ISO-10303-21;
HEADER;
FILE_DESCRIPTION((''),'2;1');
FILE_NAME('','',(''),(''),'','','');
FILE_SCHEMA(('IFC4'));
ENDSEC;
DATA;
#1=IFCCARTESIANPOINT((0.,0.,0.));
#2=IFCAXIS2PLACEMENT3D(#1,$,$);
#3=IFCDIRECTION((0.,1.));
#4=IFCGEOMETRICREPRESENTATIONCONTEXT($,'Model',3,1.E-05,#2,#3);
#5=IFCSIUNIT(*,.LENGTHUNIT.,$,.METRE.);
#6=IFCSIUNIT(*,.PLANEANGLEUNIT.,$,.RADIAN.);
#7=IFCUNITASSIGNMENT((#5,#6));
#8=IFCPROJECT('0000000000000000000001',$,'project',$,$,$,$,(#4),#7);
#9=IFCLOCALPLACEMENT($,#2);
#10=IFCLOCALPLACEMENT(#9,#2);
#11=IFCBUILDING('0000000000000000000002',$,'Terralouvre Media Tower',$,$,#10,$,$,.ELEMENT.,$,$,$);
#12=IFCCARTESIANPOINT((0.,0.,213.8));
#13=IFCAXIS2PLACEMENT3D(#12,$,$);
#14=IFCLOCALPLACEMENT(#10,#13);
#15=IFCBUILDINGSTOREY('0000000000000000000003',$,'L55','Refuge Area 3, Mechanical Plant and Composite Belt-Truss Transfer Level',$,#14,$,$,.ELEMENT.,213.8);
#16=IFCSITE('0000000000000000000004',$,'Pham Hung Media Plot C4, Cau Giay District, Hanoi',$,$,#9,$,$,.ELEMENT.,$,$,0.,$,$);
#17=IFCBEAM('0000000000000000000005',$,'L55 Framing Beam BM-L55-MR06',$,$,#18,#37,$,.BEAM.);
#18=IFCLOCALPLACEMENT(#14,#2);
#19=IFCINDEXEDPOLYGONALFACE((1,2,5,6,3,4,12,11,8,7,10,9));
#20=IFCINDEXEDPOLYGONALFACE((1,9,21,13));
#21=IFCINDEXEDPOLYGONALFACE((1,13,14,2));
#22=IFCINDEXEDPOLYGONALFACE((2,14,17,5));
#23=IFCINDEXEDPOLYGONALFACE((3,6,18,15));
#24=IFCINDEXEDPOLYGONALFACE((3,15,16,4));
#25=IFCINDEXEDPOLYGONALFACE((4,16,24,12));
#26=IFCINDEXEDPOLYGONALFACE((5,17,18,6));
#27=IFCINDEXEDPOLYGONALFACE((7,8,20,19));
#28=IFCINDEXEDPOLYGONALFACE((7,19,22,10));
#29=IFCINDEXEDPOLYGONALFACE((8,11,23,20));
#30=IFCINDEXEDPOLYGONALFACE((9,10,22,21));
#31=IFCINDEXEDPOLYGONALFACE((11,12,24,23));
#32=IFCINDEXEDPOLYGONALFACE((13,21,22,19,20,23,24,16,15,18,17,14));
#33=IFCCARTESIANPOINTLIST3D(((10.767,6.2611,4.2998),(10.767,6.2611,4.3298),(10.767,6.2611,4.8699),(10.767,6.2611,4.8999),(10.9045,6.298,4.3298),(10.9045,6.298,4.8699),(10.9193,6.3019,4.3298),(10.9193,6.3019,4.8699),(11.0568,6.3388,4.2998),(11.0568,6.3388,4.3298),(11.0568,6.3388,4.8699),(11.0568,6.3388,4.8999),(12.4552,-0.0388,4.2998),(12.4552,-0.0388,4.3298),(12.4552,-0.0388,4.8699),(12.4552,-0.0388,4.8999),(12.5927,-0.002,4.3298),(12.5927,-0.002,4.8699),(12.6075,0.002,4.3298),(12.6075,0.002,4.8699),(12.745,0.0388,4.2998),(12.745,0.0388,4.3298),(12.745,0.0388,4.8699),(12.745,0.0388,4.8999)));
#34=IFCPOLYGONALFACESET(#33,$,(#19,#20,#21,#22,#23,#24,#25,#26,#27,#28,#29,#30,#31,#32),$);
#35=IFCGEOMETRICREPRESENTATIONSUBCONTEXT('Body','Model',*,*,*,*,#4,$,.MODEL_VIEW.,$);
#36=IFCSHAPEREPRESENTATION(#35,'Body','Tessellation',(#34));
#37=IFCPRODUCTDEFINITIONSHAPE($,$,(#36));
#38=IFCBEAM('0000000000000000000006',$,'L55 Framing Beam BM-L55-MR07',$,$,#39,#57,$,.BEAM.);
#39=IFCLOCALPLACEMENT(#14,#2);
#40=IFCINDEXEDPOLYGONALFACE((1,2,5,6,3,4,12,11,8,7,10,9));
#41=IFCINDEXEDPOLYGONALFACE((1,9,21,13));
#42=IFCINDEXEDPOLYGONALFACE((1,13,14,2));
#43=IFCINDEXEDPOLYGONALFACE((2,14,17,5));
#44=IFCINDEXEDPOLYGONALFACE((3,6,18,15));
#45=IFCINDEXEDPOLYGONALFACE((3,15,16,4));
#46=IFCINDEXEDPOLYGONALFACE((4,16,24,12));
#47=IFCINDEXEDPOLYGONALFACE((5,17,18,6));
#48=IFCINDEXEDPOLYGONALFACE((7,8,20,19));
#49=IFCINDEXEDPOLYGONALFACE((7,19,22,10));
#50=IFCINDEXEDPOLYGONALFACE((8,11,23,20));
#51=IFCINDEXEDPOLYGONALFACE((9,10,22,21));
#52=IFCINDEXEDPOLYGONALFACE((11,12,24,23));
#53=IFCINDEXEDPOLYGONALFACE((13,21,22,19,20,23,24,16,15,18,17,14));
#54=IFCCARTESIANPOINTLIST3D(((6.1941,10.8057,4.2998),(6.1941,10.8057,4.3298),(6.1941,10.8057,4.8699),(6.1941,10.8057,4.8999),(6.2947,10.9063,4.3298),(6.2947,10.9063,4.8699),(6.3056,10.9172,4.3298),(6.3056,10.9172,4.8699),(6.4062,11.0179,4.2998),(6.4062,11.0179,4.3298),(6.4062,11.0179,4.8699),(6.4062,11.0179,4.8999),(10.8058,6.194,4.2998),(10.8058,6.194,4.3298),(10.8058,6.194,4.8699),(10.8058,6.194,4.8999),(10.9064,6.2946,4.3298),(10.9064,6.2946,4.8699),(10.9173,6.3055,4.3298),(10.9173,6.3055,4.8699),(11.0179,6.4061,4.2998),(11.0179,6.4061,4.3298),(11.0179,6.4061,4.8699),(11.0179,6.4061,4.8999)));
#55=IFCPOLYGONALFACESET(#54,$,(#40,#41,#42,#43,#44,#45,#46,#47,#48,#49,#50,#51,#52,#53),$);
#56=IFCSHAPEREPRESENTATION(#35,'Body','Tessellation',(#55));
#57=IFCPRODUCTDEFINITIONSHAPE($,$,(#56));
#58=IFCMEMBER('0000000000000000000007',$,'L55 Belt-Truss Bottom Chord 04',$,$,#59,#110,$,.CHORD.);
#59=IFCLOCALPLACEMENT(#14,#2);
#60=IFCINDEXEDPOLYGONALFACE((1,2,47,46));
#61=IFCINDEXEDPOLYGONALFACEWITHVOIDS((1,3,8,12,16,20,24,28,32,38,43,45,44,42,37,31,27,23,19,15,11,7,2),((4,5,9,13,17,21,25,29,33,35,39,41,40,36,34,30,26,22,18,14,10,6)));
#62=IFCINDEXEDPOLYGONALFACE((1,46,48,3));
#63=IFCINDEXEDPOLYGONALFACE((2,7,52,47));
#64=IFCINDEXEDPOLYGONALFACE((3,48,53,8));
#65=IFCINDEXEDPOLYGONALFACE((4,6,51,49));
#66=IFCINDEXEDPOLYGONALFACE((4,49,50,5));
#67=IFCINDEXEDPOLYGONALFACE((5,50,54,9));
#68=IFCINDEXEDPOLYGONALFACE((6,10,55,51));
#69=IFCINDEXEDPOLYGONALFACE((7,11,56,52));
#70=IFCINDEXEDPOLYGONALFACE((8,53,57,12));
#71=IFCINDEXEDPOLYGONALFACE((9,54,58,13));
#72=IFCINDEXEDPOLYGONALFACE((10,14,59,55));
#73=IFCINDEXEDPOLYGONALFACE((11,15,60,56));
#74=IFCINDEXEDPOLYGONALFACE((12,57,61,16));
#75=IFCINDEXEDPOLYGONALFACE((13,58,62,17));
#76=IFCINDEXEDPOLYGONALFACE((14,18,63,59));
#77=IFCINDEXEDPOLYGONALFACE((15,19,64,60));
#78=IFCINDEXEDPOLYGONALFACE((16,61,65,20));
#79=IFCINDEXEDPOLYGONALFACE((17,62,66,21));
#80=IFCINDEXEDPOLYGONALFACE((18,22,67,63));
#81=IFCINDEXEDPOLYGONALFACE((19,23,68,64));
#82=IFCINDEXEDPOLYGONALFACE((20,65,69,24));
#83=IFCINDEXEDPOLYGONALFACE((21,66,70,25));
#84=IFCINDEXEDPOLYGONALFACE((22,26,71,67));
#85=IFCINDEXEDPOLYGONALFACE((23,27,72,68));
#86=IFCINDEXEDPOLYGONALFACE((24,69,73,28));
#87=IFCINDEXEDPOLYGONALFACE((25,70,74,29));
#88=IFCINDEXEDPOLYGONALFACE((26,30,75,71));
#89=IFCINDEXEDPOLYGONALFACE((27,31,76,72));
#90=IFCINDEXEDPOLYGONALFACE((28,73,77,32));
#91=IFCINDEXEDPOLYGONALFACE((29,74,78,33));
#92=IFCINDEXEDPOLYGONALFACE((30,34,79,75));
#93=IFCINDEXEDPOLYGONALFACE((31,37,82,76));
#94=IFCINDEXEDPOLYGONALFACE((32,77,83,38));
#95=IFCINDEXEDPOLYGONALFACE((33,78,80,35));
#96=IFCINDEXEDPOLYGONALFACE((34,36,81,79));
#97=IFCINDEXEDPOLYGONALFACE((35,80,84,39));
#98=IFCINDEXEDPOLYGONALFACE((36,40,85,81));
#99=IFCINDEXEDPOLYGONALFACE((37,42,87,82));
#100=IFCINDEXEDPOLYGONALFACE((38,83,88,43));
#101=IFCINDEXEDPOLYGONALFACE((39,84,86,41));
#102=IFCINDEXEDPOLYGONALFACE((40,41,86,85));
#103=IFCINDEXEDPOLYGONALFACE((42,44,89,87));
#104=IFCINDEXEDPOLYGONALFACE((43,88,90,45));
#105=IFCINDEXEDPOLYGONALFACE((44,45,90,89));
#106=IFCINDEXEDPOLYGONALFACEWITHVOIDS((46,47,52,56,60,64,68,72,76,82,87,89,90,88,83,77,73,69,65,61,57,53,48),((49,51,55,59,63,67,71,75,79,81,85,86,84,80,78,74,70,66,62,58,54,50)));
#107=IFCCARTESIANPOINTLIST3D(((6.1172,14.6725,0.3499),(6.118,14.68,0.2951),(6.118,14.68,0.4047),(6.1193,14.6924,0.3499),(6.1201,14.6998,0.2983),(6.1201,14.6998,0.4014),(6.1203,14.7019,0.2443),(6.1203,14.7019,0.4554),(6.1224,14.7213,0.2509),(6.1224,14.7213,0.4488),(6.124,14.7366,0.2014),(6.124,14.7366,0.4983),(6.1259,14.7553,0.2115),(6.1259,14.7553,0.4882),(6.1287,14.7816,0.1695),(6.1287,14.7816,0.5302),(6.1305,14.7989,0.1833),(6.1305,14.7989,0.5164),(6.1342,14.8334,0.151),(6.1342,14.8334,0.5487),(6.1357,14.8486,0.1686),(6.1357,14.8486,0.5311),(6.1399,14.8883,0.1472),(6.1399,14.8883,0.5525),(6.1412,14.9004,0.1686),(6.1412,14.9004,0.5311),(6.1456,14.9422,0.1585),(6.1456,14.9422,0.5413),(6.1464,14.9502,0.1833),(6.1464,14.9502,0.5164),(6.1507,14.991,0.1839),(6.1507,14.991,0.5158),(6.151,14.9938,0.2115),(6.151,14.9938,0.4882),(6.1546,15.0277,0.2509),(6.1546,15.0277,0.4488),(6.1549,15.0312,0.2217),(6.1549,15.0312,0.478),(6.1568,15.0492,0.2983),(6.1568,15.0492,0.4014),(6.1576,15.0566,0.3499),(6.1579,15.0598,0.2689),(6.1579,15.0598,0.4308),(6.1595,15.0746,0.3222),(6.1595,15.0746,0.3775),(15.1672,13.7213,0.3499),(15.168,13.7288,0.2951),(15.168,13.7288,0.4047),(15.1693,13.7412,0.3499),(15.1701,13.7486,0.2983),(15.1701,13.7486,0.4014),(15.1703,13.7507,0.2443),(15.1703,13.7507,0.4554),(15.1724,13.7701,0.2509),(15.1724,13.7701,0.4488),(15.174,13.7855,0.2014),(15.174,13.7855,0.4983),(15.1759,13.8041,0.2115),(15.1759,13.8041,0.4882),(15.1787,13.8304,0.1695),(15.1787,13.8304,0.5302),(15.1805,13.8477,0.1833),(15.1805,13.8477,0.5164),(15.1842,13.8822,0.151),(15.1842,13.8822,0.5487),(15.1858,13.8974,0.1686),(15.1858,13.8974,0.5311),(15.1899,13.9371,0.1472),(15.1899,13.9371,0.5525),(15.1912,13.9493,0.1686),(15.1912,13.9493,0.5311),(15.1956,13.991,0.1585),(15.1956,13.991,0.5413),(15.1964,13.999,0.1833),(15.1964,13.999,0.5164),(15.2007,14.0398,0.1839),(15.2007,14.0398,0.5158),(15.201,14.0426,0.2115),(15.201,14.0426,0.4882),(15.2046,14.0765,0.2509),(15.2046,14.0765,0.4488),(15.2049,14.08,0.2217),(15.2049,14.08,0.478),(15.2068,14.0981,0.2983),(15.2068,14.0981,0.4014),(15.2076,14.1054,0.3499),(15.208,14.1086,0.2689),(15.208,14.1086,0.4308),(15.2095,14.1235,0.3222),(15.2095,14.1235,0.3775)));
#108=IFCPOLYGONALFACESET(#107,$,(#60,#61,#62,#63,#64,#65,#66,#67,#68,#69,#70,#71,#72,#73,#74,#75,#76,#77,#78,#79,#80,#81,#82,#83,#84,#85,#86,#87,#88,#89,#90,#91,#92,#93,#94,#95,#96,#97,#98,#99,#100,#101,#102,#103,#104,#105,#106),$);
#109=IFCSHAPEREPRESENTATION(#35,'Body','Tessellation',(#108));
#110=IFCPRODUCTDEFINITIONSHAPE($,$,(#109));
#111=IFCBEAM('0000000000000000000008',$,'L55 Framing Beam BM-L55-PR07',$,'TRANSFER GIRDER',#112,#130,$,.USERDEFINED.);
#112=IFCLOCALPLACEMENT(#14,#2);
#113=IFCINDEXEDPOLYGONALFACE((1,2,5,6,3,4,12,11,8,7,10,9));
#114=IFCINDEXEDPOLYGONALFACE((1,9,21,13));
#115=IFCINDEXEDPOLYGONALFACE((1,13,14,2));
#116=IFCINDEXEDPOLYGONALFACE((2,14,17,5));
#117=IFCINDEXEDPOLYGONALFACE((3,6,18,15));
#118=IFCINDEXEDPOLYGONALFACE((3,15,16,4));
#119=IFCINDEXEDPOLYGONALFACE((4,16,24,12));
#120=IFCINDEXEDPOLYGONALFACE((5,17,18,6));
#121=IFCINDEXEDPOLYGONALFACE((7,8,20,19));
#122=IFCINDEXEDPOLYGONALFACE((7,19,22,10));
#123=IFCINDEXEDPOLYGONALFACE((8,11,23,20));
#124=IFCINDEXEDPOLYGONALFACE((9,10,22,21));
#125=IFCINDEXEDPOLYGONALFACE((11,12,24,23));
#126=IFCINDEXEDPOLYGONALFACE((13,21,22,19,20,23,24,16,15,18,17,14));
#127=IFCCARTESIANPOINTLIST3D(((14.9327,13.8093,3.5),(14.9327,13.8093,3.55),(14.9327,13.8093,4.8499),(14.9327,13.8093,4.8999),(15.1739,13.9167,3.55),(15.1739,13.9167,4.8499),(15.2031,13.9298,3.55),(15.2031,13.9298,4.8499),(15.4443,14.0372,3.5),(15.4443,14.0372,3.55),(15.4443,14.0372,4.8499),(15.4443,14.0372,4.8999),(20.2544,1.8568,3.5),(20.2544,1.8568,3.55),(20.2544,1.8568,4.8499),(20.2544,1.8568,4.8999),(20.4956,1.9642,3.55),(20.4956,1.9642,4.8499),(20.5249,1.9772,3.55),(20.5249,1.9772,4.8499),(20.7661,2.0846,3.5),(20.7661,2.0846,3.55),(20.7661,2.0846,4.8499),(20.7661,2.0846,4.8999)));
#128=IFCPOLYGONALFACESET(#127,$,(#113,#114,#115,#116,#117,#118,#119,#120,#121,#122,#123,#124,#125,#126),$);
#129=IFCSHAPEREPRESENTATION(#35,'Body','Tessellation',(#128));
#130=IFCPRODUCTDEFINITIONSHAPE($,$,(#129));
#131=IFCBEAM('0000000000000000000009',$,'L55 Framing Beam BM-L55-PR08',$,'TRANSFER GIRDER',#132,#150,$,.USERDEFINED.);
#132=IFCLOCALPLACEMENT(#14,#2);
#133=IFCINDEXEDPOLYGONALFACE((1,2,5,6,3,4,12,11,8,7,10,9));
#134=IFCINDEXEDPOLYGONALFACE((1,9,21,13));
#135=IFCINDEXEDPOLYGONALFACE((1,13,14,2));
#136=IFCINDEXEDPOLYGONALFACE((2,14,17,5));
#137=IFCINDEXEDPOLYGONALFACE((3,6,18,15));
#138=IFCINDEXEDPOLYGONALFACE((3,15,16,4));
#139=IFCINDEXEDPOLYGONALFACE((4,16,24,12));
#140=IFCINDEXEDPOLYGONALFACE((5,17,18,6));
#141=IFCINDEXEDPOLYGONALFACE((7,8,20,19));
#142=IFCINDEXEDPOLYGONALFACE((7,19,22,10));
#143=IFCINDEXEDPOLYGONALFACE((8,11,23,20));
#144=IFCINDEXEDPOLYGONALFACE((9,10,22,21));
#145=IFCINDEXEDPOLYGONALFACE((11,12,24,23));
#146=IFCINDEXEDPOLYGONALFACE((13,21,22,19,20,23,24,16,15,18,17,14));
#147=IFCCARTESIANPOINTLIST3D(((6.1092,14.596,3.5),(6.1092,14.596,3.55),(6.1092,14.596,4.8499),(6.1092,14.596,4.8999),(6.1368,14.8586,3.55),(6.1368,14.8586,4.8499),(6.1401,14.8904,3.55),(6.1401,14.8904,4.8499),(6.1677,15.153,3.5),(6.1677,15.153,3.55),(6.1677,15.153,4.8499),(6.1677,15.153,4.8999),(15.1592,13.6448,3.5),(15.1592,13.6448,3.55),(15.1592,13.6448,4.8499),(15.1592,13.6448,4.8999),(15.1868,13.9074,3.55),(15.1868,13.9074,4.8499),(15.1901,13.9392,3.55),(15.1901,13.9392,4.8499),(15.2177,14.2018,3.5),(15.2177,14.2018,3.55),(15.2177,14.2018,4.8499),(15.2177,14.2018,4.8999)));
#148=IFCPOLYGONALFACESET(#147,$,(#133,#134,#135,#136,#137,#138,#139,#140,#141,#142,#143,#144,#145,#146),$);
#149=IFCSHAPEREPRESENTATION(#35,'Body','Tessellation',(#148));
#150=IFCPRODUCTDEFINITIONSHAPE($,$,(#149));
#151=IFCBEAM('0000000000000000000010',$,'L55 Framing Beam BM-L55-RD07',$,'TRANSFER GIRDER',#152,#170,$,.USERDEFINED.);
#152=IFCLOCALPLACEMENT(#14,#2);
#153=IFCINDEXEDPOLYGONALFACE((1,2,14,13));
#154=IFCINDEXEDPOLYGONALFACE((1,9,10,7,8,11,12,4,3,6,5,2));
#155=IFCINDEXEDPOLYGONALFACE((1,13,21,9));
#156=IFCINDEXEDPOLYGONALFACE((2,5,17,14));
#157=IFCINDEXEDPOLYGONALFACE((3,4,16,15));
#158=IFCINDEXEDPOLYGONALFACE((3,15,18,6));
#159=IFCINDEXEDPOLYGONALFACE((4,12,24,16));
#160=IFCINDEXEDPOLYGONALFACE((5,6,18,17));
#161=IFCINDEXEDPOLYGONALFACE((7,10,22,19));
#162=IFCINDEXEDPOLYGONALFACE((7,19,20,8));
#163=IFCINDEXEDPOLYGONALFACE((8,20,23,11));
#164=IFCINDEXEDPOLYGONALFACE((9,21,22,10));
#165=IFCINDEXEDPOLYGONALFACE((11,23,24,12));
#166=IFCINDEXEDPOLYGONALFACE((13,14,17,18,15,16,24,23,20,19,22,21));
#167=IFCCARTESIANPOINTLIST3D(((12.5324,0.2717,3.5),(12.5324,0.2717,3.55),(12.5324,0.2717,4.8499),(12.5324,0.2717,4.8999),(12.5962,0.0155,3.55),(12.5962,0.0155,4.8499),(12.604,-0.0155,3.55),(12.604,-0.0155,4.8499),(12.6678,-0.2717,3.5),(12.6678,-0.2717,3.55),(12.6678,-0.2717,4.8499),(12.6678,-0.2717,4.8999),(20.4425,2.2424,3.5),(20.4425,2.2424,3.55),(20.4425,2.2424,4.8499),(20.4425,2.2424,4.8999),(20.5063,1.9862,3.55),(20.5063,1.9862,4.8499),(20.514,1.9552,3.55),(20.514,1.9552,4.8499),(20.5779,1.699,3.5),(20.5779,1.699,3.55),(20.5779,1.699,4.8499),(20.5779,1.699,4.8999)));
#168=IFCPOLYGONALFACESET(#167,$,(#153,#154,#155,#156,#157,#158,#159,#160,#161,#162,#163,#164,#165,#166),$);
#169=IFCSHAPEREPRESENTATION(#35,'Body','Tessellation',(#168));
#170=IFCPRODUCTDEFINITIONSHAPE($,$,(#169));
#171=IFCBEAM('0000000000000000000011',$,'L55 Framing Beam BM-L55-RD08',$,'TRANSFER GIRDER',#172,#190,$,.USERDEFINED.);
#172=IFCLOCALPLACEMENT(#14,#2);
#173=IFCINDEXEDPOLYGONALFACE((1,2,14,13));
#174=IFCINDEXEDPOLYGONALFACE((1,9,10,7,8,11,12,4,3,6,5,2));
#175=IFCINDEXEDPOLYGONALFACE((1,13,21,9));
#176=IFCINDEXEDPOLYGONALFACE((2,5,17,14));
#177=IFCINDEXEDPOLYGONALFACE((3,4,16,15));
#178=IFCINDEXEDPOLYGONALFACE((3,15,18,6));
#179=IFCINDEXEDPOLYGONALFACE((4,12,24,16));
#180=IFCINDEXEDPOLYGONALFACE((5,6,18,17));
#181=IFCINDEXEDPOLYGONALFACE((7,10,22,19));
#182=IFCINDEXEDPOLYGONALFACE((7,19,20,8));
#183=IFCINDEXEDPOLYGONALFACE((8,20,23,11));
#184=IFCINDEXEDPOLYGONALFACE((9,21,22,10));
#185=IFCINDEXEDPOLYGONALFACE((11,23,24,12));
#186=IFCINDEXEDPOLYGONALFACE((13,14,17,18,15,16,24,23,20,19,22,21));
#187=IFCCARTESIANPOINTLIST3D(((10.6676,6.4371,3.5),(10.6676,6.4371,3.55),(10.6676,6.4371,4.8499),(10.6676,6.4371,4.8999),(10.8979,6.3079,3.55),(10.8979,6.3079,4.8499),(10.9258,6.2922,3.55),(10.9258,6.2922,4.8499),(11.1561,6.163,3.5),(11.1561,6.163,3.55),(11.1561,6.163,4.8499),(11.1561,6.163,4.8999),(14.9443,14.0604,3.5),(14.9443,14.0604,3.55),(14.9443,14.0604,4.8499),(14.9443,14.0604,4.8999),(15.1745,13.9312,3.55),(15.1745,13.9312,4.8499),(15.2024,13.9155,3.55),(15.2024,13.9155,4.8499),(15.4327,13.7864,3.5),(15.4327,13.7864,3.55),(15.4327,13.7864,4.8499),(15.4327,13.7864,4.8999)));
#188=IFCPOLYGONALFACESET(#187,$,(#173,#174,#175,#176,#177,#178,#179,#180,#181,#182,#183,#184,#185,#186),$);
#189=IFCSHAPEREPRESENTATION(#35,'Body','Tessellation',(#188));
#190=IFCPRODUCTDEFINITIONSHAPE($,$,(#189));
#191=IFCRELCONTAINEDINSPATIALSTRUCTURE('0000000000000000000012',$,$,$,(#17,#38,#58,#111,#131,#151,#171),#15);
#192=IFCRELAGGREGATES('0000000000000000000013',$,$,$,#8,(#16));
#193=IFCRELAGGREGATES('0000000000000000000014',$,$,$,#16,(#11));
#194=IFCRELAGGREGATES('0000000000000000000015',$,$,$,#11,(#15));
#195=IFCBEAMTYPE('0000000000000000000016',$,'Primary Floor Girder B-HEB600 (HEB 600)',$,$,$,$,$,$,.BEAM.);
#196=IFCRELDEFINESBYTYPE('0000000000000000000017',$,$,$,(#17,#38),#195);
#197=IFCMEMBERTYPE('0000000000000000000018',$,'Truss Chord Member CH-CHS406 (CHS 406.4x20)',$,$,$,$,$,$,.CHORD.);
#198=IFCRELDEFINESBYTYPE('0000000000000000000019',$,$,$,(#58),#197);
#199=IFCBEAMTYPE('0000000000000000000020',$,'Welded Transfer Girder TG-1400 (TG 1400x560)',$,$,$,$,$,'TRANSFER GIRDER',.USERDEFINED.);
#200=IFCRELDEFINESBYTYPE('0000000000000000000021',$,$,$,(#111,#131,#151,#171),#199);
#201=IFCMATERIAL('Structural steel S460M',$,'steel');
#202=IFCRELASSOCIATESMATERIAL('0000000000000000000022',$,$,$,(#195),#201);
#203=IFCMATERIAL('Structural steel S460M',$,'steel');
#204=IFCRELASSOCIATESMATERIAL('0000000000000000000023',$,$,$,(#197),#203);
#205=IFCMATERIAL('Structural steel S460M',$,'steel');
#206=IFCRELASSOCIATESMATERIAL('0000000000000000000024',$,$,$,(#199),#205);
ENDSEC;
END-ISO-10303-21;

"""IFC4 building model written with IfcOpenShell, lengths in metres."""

from ifc_helpers import new_model, si_unit, direction, frame, origin, origin_2d, place, context, subcontext, project, spatial, hollow_circle, i_section, extrude, material, material_profile, profile_set, type_object, element, save


model = new_model("IFC4")

# Units and contexts
model_context = context("Model", 3, precision=1e-05, world=origin(), true_north=direction((0.0, 1.0)))
body_context = subcontext(model_context, "Body", "Model", "MODEL_VIEW")
ifc_project = project(units=[si_unit("LENGTHUNIT", "METRE"), si_unit("PLANEANGLEUNIT", "RADIAN")], contexts=[model_context])

# Site, building, storey
site_placement = place(None, origin())
site = spatial("IfcSite", under=ifc_project, at=site_placement, Name="Pham Hung Media Plot C4, Cau Giay District, Hanoi", CompositionType="ELEMENT", RefElevation=0.0)
building_placement = place(site_placement, origin())
building = spatial("IfcBuilding", under=site, at=building_placement, Name="Terralouvre Media Tower", CompositionType="ELEMENT")
storey_placement = place(building_placement, frame((0.0, 0.0, 213.8)))
storey = spatial("IfcBuildingStorey", under=building, at=storey_placement, Name="L55", Description="Refuge Area 3, Mechanical Plant and Composite Belt-Truss Transfer Level", CompositionType="ELEMENT", Elevation=213.8)

# Beams
ifc_material_1 = material(Name="Structural steel S460M", Category="steel")
ifc_material_profile_1 = material_profile(ifc_material_1, i_section(OverallWidth=0.3, OverallDepth=0.6001, WebThickness=0.0154, FlangeThickness=0.03, at=origin_2d()), Name="HEB 600")
ifc_profile_set_1 = profile_set([ifc_material_profile_1], Name="Structural steel S460M")
beam_type_1 = type_object("IfcBeamType", Name="Primary Floor Girder B-HEB600 (HEB 600)", PredefinedType="BEAM", material=ifc_profile_set_1)
beam_1_placement = place(storey_placement, frame((12.6001, 0.0, 4.5999), z_axis=(-0.258839, 0.96592, 0.0), x_axis=(-0.96592, -0.258839, 0.0)))
element("IfcBeam", 1, at=beam_1_placement, inside=storey, type_object=beam_type_1, Name="L55 Framing Beam BM-L55-MR06", PredefinedType="BEAM", context=body_context, shape_type="SweptSolid", body=[
    extrude(i_section(OverallWidth=0.3, OverallDepth=0.6001, WebThickness=0.0154, FlangeThickness=0.03, at=origin_2d()), origin(), (0.0, 0.0, 1.0), 6.5222),
])
beam_2_placement = place(storey_placement, frame((10.9119, 6.3, 4.5999), z_axis=(-0.707107, 0.707107, 0.0), x_axis=(-0.707107, -0.707107, 0.0)))
element("IfcBeam", 2, at=beam_2_placement, inside=storey, type_object=beam_type_1, Name="L55 Framing Beam BM-L55-MR07", PredefinedType="BEAM", context=body_context, shape_type="SweptSolid", body=[
    extrude(i_section(OverallWidth=0.3, OverallDepth=0.6001, WebThickness=0.0154, FlangeThickness=0.03, at=origin_2d()), origin(), (0.0, 0.0, 1.0), 6.522),
])

# Member
ifc_material_2 = material(Name="Structural steel S460M", Category="steel")
ifc_material_profile_2 = material_profile(ifc_material_2, hollow_circle(Radius=0.2031, WallThickness=0.02, at=origin_2d()), Name="CHS 406.4x20")
ifc_profile_set_2 = profile_set([ifc_material_profile_2], Name="Structural steel S460M")
member_type_1 = type_object("IfcMemberType", Name="Truss Chord Member CH-CHS406 (CHS 406.4x20)", PredefinedType="CHORD", material=ifc_profile_set_2)
member_1_placement = place(storey_placement, frame((15.1885, 13.9233, 0.3499), z_axis=(-0.994522, 0.104526, 0.0), x_axis=(-0.104526, -0.994522, 0.0)))
element("IfcMember", 3, at=member_1_placement, inside=storey, type_object=member_type_1, Name="L55 Belt-Truss Bottom Chord 04", PredefinedType="CHORD", context=body_context, shape_type="SweptSolid", body=[
    extrude(hollow_circle(Radius=0.2031, WallThickness=0.02, at=origin_2d()), origin(), (0.0, 0.0, 1.0), 9.0999),
])

# Beams
ifc_material_3 = material(Name="Structural steel S460M", Category="steel")
ifc_material_profile_3 = material_profile(ifc_material_3, i_section(OverallWidth=0.5601, OverallDepth=1.3999, WebThickness=0.032, FlangeThickness=0.05, at=origin_2d()), Name="TG 1400x560")
ifc_profile_set_3 = profile_set([ifc_material_profile_3], Name="Structural steel S460M")
beam_type_2 = type_object("IfcBeamType", Name="Welded Transfer Girder TG-1400 (TG 1400x560)", ElementType="TRANSFER GIRDER", PredefinedType="USERDEFINED", material=ifc_profile_set_3)
beam_3_placement = place(storey_placement, frame((20.5103, 1.9707, 4.2), z_axis=(-0.406744, 0.913542, 0.0), x_axis=(-0.913542, -0.406744, 0.0)))
element("IfcBeam", 4, at=beam_3_placement, inside=storey, type_object=beam_type_2, Name="L55 Framing Beam BM-L55-PR07", ObjectType="TRANSFER GIRDER", PredefinedType="USERDEFINED", context=body_context, shape_type="SweptSolid", body=[
    extrude(i_section(OverallWidth=0.5601, OverallDepth=1.3999, WebThickness=0.032, FlangeThickness=0.05, at=origin_2d()), origin(), (0.0, 0.0, 1.0), 13.0837),
])
beam_4_placement = place(storey_placement, frame((15.1885, 13.9233, 4.2), z_axis=(-0.994522, 0.104526, 0.0), x_axis=(-0.104526, -0.994522, 0.0)))
element("IfcBeam", 5, at=beam_4_placement, inside=storey, type_object=beam_type_2, Name="L55 Framing Beam BM-L55-PR08", ObjectType="TRANSFER GIRDER", PredefinedType="USERDEFINED", context=body_context, shape_type="SweptSolid", body=[
    extrude(i_section(OverallWidth=0.5601, OverallDepth=1.3999, WebThickness=0.032, FlangeThickness=0.05, at=origin_2d()), origin(), (0.0, 0.0, 1.0), 9.0999),
])
beam_5_placement = place(storey_placement, frame((12.6001, 0.0, 4.2), z_axis=(0.970339, 0.241746, 0.0), x_axis=(-0.241746, 0.970339, 0.0)))
element("IfcBeam", 6, at=beam_5_placement, inside=storey, type_object=beam_type_2, Name="L55 Framing Beam BM-L55-RD07", ObjectType="TRANSFER GIRDER", PredefinedType="USERDEFINED", context=body_context, shape_type="SweptSolid", body=[
    extrude(i_section(OverallWidth=0.5601, OverallDepth=1.3999, WebThickness=0.032, FlangeThickness=0.05, at=origin_2d()), origin(), (0.0, 0.0, 1.0), 8.1519),
])
beam_6_placement = place(storey_placement, frame((10.9119, 6.3, 4.2), z_axis=(0.489262, 0.872137, 0.0), x_axis=(-0.872137, 0.489262, 0.0)))
element("IfcBeam", 7, at=beam_6_placement, inside=storey, type_object=beam_type_2, Name="L55 Framing Beam BM-L55-RD08", ObjectType="TRANSFER GIRDER", PredefinedType="USERDEFINED", context=body_context, shape_type="SweptSolid", body=[
    extrude(i_section(OverallWidth=0.5601, OverallDepth=1.3999, WebThickness=0.032, FlangeThickness=0.05, at=origin_2d()), origin(), (0.0, 0.0, 1.0), 8.741),
])

save(model, "model.ifc")
